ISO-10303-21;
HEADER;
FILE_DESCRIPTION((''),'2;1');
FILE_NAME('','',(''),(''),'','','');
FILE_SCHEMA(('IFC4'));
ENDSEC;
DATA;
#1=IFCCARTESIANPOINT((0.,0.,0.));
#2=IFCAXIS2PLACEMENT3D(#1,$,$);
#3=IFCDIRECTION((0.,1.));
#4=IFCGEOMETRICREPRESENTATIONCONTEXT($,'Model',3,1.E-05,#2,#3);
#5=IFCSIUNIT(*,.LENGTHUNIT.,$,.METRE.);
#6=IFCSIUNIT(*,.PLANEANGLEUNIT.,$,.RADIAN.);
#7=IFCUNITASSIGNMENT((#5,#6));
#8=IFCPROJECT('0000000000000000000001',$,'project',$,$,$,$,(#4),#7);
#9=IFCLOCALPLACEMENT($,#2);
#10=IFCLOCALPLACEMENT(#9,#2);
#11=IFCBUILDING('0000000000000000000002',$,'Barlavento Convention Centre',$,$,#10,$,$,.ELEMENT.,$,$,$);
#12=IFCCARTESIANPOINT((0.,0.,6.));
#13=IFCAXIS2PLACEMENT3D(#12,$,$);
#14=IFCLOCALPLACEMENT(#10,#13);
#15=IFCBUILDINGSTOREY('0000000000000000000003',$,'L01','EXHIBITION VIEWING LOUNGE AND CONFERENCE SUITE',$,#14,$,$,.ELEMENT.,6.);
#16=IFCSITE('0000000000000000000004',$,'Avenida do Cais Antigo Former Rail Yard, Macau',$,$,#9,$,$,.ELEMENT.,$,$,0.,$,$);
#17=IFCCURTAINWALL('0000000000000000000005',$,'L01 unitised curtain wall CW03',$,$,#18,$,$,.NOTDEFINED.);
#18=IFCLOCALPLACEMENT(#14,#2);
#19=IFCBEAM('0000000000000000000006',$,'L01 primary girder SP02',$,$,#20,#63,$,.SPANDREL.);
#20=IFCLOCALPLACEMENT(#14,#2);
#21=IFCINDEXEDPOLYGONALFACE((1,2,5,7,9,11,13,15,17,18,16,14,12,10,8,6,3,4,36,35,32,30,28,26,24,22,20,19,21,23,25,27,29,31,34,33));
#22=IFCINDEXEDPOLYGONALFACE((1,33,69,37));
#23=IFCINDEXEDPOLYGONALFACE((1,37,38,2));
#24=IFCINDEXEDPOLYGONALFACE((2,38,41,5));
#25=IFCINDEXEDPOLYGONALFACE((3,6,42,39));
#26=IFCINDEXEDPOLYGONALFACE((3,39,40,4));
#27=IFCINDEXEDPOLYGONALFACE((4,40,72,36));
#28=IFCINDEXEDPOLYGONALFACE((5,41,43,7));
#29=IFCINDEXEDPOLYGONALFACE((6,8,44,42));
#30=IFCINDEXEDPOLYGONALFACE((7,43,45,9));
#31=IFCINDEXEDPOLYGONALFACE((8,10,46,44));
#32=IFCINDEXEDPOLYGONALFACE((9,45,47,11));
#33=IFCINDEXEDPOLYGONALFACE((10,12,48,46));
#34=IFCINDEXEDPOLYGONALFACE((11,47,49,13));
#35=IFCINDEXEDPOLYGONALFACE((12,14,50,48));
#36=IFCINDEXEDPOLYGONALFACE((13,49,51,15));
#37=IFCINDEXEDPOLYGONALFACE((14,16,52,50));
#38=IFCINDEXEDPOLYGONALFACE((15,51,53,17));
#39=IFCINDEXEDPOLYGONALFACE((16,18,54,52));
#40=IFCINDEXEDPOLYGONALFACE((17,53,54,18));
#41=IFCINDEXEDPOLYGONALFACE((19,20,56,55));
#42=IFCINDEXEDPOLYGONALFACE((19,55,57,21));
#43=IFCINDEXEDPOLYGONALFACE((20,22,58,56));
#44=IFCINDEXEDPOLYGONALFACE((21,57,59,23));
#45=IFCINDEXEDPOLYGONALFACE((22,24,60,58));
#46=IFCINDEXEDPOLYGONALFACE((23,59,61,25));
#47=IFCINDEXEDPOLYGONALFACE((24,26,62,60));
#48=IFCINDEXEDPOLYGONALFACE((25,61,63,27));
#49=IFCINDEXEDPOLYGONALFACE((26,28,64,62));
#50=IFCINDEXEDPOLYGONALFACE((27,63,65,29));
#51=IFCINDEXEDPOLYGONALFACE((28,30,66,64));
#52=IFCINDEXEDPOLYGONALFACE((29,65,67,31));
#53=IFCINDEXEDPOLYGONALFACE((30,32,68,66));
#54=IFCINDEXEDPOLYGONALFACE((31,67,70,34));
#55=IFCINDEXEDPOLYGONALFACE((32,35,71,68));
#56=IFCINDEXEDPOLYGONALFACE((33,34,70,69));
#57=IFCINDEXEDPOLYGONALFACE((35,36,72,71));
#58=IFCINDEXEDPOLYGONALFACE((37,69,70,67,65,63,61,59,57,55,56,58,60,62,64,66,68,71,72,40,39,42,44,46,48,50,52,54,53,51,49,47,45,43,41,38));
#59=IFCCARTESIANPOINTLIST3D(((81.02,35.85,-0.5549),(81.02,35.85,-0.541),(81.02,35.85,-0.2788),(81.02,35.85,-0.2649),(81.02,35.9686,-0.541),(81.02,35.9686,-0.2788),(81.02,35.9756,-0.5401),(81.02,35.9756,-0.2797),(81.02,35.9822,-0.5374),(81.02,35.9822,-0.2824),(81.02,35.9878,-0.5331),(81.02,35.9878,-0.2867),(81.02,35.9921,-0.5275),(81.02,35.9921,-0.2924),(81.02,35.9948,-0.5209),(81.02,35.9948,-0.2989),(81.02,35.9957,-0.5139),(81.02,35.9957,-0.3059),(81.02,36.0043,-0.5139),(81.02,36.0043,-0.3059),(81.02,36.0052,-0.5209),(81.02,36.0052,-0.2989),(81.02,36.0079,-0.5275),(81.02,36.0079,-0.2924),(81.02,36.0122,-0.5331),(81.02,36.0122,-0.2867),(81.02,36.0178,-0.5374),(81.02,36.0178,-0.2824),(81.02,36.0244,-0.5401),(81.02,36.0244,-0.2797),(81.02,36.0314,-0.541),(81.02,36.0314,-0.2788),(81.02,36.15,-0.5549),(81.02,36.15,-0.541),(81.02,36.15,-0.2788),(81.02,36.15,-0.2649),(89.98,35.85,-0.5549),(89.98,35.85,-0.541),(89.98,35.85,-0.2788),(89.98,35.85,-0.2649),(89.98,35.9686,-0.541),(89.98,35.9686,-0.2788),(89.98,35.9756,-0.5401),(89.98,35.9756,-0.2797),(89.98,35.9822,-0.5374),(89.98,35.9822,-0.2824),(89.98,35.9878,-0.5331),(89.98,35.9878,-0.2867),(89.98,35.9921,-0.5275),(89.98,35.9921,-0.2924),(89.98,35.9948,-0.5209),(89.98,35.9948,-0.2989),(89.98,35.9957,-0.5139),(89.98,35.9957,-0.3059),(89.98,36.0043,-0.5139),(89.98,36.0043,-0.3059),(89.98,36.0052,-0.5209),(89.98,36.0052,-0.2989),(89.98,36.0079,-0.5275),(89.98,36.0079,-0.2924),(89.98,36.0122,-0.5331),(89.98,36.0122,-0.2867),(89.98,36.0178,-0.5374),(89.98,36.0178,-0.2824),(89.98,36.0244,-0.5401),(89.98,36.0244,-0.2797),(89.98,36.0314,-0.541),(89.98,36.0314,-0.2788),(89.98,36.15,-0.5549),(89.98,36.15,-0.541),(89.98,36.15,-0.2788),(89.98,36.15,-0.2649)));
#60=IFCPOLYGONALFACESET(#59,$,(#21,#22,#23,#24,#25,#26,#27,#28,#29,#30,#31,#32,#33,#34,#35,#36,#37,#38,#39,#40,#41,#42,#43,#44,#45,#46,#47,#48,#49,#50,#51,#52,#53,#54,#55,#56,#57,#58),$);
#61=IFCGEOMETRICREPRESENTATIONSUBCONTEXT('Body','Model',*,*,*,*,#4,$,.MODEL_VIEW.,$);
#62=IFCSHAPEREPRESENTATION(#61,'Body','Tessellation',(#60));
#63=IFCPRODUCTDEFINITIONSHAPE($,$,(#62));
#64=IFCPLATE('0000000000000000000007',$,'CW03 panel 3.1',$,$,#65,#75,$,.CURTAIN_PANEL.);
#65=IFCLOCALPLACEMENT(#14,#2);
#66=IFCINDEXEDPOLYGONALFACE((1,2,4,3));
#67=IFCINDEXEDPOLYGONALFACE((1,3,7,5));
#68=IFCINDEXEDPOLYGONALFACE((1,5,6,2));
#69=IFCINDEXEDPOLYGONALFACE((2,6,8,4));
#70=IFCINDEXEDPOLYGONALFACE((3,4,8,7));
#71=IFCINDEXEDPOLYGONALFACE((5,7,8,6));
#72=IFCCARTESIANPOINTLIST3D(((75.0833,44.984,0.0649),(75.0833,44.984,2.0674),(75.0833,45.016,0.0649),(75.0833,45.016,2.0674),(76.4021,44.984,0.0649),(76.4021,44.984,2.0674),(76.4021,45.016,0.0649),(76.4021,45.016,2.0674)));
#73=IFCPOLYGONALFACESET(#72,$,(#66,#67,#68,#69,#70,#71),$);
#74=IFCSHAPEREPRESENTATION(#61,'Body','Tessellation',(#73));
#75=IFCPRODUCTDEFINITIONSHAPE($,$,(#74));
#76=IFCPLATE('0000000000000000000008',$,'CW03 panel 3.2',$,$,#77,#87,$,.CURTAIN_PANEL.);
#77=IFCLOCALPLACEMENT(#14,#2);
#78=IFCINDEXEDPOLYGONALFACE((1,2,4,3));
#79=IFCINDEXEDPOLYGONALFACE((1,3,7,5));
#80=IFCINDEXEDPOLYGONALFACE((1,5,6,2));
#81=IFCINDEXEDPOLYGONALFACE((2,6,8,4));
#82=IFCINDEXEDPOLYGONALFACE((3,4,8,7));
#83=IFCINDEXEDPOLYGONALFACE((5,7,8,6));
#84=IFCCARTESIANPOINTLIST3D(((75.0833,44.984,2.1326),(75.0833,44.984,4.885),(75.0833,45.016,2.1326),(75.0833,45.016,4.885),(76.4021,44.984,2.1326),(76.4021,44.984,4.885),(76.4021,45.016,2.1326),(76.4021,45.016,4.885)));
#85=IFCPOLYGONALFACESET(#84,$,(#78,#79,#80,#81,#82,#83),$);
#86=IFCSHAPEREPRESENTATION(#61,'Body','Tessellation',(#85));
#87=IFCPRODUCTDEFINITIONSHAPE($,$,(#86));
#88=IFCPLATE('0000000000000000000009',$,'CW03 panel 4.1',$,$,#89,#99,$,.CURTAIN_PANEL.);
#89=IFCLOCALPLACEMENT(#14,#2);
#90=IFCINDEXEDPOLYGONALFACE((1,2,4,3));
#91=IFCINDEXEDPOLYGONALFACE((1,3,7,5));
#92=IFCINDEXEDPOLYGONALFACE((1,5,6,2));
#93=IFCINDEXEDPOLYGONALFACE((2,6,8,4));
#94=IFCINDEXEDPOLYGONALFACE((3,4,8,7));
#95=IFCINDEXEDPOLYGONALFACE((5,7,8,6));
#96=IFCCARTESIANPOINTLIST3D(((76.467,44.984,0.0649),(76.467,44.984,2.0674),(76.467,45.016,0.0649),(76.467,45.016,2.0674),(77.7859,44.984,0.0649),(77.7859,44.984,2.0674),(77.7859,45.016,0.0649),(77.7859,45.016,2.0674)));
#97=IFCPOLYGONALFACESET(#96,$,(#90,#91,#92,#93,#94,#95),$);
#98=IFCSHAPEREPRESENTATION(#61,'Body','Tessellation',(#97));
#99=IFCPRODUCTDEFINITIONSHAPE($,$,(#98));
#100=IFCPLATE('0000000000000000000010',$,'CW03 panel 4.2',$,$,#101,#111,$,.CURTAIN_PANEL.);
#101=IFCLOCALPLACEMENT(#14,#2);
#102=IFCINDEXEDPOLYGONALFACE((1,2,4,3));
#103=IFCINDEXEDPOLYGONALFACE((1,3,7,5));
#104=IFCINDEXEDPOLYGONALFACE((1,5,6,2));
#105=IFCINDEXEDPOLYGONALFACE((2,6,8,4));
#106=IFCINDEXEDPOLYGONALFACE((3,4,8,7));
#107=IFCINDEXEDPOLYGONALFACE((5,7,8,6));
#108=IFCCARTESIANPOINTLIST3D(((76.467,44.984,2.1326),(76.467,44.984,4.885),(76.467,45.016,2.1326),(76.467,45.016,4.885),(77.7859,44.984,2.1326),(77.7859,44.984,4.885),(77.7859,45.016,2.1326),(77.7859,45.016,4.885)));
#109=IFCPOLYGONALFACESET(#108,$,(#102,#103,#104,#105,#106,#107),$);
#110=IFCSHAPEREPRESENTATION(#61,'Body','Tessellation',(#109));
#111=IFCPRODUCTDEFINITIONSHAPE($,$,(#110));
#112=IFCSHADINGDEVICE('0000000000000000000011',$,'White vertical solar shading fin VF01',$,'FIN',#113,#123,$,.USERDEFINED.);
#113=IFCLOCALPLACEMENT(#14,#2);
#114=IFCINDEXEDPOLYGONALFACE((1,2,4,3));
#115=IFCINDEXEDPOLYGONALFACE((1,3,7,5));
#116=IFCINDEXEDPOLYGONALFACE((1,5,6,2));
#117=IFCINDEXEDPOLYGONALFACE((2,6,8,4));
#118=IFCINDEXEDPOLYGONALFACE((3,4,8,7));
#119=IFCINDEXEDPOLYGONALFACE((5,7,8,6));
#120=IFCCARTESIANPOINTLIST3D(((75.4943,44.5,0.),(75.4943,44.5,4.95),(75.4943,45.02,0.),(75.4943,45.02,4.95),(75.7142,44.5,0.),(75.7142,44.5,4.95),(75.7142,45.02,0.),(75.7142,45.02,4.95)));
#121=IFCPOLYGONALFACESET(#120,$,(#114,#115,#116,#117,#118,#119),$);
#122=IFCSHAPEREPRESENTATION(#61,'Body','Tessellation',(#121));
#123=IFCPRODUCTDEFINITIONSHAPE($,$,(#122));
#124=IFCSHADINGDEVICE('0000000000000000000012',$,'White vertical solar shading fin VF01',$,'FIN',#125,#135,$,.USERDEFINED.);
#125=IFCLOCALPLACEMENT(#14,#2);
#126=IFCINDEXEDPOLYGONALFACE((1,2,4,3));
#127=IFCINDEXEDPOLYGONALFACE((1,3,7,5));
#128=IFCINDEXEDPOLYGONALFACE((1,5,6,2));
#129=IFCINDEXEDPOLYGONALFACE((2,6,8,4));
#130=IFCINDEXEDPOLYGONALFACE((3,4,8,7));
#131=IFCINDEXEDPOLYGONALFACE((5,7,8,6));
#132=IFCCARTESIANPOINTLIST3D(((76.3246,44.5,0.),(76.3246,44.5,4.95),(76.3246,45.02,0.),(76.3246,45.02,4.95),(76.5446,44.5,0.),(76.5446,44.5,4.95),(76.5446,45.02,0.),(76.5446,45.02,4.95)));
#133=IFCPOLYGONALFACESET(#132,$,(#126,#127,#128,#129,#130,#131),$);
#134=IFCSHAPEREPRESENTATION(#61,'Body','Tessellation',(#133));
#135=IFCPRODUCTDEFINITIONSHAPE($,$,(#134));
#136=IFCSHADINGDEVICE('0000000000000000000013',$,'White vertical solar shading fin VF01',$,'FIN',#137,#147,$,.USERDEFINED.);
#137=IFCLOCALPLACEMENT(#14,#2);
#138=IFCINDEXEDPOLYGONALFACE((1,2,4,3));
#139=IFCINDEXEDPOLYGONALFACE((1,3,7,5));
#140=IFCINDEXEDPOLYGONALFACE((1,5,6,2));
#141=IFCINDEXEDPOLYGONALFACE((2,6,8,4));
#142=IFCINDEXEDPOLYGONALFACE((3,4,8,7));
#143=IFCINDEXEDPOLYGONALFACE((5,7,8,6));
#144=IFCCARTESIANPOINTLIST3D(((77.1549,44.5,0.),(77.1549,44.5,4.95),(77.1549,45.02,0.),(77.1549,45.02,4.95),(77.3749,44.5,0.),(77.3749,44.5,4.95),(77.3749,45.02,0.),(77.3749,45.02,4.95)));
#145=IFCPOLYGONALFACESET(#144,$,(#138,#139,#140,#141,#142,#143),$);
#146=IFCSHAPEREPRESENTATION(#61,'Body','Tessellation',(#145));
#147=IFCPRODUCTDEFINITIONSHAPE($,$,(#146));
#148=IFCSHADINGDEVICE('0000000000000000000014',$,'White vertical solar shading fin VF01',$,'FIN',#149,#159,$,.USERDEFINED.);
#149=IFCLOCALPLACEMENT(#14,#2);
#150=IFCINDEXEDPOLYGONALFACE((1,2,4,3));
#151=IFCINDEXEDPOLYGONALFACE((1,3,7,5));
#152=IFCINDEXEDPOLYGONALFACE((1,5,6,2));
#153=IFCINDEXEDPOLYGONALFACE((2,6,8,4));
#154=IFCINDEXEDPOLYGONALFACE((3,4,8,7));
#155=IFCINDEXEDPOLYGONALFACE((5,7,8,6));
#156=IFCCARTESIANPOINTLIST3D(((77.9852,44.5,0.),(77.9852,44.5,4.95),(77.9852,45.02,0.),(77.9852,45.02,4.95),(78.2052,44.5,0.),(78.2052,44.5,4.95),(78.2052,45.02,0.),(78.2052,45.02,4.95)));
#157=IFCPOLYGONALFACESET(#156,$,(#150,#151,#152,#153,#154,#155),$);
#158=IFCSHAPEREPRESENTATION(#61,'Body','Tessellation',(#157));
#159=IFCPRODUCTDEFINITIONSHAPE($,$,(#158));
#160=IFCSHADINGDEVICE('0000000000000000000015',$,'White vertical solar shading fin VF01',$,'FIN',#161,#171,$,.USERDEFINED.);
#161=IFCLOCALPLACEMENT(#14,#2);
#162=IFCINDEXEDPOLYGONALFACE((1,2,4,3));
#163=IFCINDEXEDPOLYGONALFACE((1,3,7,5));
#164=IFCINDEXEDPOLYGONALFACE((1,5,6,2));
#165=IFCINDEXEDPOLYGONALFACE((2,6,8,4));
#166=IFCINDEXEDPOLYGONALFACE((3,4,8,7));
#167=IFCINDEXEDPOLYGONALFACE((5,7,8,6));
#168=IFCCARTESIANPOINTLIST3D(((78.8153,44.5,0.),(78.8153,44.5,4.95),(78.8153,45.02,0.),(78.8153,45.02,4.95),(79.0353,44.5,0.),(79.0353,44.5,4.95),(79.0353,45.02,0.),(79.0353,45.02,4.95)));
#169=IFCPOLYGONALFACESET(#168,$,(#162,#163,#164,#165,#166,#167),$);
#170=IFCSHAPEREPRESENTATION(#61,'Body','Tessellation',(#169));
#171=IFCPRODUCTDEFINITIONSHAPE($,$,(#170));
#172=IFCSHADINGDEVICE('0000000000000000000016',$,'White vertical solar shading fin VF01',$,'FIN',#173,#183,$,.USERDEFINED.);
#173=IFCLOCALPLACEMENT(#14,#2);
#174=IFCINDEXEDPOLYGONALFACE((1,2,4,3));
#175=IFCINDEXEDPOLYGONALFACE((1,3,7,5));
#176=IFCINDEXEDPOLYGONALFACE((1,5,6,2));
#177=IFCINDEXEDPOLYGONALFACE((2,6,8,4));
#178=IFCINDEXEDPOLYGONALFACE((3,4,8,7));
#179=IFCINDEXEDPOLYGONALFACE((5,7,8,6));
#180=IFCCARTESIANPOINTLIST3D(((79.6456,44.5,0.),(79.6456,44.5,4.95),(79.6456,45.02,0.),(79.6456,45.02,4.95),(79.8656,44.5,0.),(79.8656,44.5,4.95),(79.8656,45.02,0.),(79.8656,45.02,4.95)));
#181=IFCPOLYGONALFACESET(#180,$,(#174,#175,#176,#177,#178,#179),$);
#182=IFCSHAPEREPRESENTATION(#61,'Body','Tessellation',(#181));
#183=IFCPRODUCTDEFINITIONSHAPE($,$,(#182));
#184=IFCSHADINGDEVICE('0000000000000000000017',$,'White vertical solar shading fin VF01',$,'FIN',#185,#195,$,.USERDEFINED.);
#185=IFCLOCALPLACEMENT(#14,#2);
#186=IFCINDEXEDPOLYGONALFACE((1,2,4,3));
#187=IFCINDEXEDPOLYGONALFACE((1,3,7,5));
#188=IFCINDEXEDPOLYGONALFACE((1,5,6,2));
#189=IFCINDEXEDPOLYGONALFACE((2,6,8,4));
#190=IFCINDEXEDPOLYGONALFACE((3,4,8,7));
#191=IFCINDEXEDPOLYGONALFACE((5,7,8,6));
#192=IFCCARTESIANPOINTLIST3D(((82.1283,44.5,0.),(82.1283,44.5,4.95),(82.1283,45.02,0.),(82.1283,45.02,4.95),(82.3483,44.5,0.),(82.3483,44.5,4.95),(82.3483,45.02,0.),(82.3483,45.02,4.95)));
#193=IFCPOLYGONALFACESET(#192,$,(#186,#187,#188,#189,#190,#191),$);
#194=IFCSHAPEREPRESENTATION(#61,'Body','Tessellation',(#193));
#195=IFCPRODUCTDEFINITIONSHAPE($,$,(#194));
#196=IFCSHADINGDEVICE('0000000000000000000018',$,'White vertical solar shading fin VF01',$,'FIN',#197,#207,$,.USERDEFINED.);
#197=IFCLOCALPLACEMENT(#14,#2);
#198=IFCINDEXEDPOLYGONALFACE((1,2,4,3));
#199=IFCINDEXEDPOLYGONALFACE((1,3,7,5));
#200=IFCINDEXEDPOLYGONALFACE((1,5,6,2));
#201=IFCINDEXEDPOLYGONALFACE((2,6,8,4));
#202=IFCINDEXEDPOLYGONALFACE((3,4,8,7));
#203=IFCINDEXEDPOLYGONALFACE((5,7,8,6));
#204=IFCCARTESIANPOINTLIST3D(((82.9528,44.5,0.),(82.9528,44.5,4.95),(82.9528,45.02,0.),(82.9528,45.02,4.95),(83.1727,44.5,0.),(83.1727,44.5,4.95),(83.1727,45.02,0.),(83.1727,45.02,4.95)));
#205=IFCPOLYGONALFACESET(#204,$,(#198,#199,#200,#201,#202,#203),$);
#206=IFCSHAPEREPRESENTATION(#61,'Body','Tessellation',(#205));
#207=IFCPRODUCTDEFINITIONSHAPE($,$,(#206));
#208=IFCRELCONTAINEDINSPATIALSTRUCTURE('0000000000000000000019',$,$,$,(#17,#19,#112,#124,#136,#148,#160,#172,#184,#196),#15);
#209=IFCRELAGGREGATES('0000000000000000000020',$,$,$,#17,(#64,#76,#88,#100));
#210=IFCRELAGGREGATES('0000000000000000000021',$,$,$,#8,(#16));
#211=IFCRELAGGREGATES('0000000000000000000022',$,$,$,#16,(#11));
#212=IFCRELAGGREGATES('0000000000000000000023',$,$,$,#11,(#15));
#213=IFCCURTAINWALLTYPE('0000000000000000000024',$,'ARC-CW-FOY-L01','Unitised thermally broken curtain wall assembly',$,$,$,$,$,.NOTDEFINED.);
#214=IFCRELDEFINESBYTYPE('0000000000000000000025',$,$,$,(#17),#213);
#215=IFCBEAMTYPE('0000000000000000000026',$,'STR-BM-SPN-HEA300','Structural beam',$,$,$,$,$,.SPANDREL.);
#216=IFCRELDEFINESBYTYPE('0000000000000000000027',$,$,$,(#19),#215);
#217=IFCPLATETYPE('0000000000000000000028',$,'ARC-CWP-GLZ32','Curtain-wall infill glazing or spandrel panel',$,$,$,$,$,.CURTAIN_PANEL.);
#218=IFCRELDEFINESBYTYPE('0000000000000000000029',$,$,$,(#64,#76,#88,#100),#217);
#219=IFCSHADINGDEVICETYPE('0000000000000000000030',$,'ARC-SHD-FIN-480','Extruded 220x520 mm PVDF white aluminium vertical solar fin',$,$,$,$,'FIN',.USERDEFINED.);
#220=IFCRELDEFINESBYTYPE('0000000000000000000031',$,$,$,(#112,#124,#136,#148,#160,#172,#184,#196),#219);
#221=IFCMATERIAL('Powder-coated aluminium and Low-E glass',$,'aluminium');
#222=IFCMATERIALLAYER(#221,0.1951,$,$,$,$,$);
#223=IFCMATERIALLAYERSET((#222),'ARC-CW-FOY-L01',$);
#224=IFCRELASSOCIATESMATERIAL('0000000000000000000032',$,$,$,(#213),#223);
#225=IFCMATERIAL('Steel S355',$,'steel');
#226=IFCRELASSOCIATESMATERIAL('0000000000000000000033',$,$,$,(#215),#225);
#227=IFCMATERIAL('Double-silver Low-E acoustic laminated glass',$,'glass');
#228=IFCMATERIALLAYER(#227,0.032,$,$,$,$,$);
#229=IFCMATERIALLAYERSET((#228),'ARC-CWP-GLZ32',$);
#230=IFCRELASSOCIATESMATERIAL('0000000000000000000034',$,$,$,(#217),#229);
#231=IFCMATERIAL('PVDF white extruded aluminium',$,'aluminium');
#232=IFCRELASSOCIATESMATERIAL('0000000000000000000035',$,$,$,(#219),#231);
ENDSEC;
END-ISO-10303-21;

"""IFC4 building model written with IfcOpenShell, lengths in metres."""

from ifc_helpers import new_model, si_unit, direction, frame, origin, origin_2d, place, context, subcontext, project, spatial, rectangle, i_section, extrude, material, layer, layer_set, material_profile, profile_set, type_object, element, aggregate, save


model = new_model("IFC4")

# Units and contexts
model_context = context("Model", 3, precision=1e-05, world=origin(), true_north=direction((0.0, 1.0)))
body_context = subcontext(model_context, "Body", "Model", "MODEL_VIEW")
ifc_project = project(units=[si_unit("LENGTHUNIT", "METRE"), si_unit("PLANEANGLEUNIT", "RADIAN")], contexts=[model_context])

# Site, building, storey
site_placement = place(None, origin())
site = spatial("IfcSite", under=ifc_project, at=site_placement, Name="Avenida do Cais Antigo Former Rail Yard, Macau", CompositionType="ELEMENT", RefElevation=0.0)
building_placement = place(site_placement, origin())
building = spatial("IfcBuilding", under=site, at=building_placement, Name="Barlavento Convention Centre", CompositionType="ELEMENT")
storey_placement = place(building_placement, frame((0.0, 0.0, 6.0)))
storey = spatial("IfcBuildingStorey", under=building, at=storey_placement, Name="L01", Description="EXHIBITION VIEWING LOUNGE AND CONFERENCE SUITE", CompositionType="ELEMENT", Elevation=6.0)

# Curtain wall
ifc_material_1 = material(Name="Powder-coated aluminium and Low-E glass", Category="aluminium")
ifc_layer_1 = layer(ifc_material_1, 0.1951)
ifc_layer_set_1 = layer_set([ifc_layer_1], Name="ARC-CW-FOY-L01")
curtain_wall_type = type_object("IfcCurtainWallType", Name="ARC-CW-FOY-L01", Description="Unitised thermally broken curtain wall assembly", PredefinedType="NOTDEFINED", material=ifc_layer_set_1)
curtain_wall_placement = place(storey_placement, origin())
curtain_wall = element("IfcCurtainWall", 1, at=curtain_wall_placement, inside=storey, type_object=curtain_wall_type, Name="L01 unitised curtain wall CW03", PredefinedType="NOTDEFINED")

# Beam
ifc_material_2 = material(Name="Steel S355", Category="steel")
ifc_material_profile_1 = material_profile(ifc_material_2, i_section(OverallWidth=0.3, OverallDepth=0.29, WebThickness=0.0085, FlangeThickness=0.0139, FilletRadius=0.0271, at=origin_2d()), Name="HEA 300")
ifc_profile_set_1 = profile_set([ifc_material_profile_1], Name="Steel S355")
beam_type_1 = type_object("IfcBeamType", Name="STR-BM-SPN-HEA300", Description="Structural beam", PredefinedType="SPANDREL", material=ifc_profile_set_1)
beam_1_placement = place(storey_placement, frame((81.02, 36.0, -0.4099), z_axis=(1.0, 0.0, 0.0), x_axis=(0.0, 1.0, 0.0)))
element("IfcBeam", 2, at=beam_1_placement, inside=storey, type_object=beam_type_1, Name="L01 primary girder SP02", PredefinedType="SPANDREL", context=body_context, shape_type="SweptSolid", body=[
    extrude(i_section(OverallWidth=0.3, OverallDepth=0.29, WebThickness=0.0085, FlangeThickness=0.0139, FilletRadius=0.0271, at=origin_2d()), origin(), (0.0, 0.0, 1.0), 8.96),
])

# Plates
ifc_material_3 = material(Name="Double-silver Low-E acoustic laminated glass", Category="glass")
ifc_layer_2 = layer(ifc_material_3, 0.032)
ifc_layer_set_2 = layer_set([ifc_layer_2], Name="ARC-CWP-GLZ32")
plate_type = type_object("IfcPlateType", Name="ARC-CWP-GLZ32", Description="Curtain-wall infill glazing or spandrel panel", PredefinedType="CURTAIN_PANEL", material=ifc_layer_set_2)
plate_1_placement = place(storey_placement, frame((75.7427, 45.0, 0.0649), z_axis=(0.0, 0.0, 1.0), x_axis=(1.0, 0.0, 0.0)))
plate_1 = element("IfcPlate", 3, at=plate_1_placement, type_object=plate_type, Name="CW03 panel 3.1", PredefinedType="CURTAIN_PANEL", context=body_context, shape_type="SweptSolid", body=[
    extrude(rectangle(XDim=1.3188, YDim=0.032, at=origin_2d()), origin(), (0.0, 0.0, 1.0), 2.0024),
])
plate_2_placement = place(storey_placement, frame((75.7427, 45.0, 2.1326), z_axis=(0.0, 0.0, 1.0), x_axis=(1.0, 0.0, 0.0)))
plate_2 = element("IfcPlate", 4, at=plate_2_placement, type_object=plate_type, Name="CW03 panel 3.2", PredefinedType="CURTAIN_PANEL", context=body_context, shape_type="SweptSolid", body=[
    extrude(rectangle(XDim=1.3188, YDim=0.032, at=origin_2d()), origin(), (0.0, 0.0, 1.0), 2.7524),
])
plate_3_placement = place(storey_placement, frame((77.1265, 45.0, 0.0649), z_axis=(0.0, 0.0, 1.0), x_axis=(1.0, 0.0, 0.0)))
plate_3 = element("IfcPlate", 5, at=plate_3_placement, type_object=plate_type, Name="CW03 panel 4.1", PredefinedType="CURTAIN_PANEL", context=body_context, shape_type="SweptSolid", body=[
    extrude(rectangle(XDim=1.3188, YDim=0.032, at=origin_2d()), origin(), (0.0, 0.0, 1.0), 2.0024),
])
plate_4_placement = place(storey_placement, frame((77.1265, 45.0, 2.1326), z_axis=(0.0, 0.0, 1.0), x_axis=(1.0, 0.0, 0.0)))
plate_4 = element("IfcPlate", 6, at=plate_4_placement, type_object=plate_type, Name="CW03 panel 4.2", PredefinedType="CURTAIN_PANEL", context=body_context, shape_type="SweptSolid", body=[
    extrude(rectangle(XDim=1.3188, YDim=0.032, at=origin_2d()), origin(), (0.0, 0.0, 1.0), 2.7524),
])
aggregate(curtain_wall, [plate_1, plate_2, plate_3, plate_4])

# Shading devices
ifc_material_4 = material(Name="PVDF white extruded aluminium", Category="aluminium")
shading_device_type = type_object("IfcShadingDeviceType", Name="ARC-SHD-FIN-480", Description="Extruded 220x520 mm PVDF white aluminium vertical solar fin", ElementType="FIN", PredefinedType="USERDEFINED", material=ifc_material_4)
for number, where, z_axis, x_axis, name in (
    (7, (75.6042, 44.76, 0.0), (0.0, 0.0, 1.0), (1.0, 0.0, 0.0), "White vertical solar shading fin VF01"),
    (8, (76.4346, 44.76, 0.0), (0.0, 0.0, 1.0), (1.0, 0.0, 0.0), "White vertical solar shading fin VF01"),
    (9, (77.2649, 44.76, 0.0), (0.0, 0.0, 1.0), (1.0, 0.0, 0.0), "White vertical solar shading fin VF01"),
    (10, (78.0952, 44.76, 0.0), (0.0, 0.0, 1.0), (1.0, 0.0, 0.0), "White vertical solar shading fin VF01"),
    (11, (78.9253, 44.76, 0.0), (0.0, 0.0, 1.0), (1.0, 0.0, 0.0), "White vertical solar shading fin VF01"),
    (12, (79.7556, 44.76, 0.0), (0.0, 0.0, 1.0), (1.0, 0.0, 0.0), "White vertical solar shading fin VF01"),
    (13, (82.2383, 44.76, 0.0), (0.0, 0.0, 1.0), (1.0, 0.0, 0.0), "White vertical solar shading fin VF01"),
    (14, (83.0627, 44.76, 0.0), (0.0, 0.0, 1.0), (1.0, 0.0, 0.0), "White vertical solar shading fin VF01"),
):
    element("IfcShadingDevice", number, at=place(storey_placement, frame(where, z_axis=z_axis, x_axis=x_axis)), inside=storey, type_object=shading_device_type, Name=name, ObjectType="FIN", PredefinedType="USERDEFINED", context=body_context, shape_type="SweptSolid", body=[
        extrude(rectangle(XDim=0.22, YDim=0.52, at=origin_2d()), origin(), (0.0, 0.0, 1.0), 4.95),
    ])

save(model, "model.ifc")
